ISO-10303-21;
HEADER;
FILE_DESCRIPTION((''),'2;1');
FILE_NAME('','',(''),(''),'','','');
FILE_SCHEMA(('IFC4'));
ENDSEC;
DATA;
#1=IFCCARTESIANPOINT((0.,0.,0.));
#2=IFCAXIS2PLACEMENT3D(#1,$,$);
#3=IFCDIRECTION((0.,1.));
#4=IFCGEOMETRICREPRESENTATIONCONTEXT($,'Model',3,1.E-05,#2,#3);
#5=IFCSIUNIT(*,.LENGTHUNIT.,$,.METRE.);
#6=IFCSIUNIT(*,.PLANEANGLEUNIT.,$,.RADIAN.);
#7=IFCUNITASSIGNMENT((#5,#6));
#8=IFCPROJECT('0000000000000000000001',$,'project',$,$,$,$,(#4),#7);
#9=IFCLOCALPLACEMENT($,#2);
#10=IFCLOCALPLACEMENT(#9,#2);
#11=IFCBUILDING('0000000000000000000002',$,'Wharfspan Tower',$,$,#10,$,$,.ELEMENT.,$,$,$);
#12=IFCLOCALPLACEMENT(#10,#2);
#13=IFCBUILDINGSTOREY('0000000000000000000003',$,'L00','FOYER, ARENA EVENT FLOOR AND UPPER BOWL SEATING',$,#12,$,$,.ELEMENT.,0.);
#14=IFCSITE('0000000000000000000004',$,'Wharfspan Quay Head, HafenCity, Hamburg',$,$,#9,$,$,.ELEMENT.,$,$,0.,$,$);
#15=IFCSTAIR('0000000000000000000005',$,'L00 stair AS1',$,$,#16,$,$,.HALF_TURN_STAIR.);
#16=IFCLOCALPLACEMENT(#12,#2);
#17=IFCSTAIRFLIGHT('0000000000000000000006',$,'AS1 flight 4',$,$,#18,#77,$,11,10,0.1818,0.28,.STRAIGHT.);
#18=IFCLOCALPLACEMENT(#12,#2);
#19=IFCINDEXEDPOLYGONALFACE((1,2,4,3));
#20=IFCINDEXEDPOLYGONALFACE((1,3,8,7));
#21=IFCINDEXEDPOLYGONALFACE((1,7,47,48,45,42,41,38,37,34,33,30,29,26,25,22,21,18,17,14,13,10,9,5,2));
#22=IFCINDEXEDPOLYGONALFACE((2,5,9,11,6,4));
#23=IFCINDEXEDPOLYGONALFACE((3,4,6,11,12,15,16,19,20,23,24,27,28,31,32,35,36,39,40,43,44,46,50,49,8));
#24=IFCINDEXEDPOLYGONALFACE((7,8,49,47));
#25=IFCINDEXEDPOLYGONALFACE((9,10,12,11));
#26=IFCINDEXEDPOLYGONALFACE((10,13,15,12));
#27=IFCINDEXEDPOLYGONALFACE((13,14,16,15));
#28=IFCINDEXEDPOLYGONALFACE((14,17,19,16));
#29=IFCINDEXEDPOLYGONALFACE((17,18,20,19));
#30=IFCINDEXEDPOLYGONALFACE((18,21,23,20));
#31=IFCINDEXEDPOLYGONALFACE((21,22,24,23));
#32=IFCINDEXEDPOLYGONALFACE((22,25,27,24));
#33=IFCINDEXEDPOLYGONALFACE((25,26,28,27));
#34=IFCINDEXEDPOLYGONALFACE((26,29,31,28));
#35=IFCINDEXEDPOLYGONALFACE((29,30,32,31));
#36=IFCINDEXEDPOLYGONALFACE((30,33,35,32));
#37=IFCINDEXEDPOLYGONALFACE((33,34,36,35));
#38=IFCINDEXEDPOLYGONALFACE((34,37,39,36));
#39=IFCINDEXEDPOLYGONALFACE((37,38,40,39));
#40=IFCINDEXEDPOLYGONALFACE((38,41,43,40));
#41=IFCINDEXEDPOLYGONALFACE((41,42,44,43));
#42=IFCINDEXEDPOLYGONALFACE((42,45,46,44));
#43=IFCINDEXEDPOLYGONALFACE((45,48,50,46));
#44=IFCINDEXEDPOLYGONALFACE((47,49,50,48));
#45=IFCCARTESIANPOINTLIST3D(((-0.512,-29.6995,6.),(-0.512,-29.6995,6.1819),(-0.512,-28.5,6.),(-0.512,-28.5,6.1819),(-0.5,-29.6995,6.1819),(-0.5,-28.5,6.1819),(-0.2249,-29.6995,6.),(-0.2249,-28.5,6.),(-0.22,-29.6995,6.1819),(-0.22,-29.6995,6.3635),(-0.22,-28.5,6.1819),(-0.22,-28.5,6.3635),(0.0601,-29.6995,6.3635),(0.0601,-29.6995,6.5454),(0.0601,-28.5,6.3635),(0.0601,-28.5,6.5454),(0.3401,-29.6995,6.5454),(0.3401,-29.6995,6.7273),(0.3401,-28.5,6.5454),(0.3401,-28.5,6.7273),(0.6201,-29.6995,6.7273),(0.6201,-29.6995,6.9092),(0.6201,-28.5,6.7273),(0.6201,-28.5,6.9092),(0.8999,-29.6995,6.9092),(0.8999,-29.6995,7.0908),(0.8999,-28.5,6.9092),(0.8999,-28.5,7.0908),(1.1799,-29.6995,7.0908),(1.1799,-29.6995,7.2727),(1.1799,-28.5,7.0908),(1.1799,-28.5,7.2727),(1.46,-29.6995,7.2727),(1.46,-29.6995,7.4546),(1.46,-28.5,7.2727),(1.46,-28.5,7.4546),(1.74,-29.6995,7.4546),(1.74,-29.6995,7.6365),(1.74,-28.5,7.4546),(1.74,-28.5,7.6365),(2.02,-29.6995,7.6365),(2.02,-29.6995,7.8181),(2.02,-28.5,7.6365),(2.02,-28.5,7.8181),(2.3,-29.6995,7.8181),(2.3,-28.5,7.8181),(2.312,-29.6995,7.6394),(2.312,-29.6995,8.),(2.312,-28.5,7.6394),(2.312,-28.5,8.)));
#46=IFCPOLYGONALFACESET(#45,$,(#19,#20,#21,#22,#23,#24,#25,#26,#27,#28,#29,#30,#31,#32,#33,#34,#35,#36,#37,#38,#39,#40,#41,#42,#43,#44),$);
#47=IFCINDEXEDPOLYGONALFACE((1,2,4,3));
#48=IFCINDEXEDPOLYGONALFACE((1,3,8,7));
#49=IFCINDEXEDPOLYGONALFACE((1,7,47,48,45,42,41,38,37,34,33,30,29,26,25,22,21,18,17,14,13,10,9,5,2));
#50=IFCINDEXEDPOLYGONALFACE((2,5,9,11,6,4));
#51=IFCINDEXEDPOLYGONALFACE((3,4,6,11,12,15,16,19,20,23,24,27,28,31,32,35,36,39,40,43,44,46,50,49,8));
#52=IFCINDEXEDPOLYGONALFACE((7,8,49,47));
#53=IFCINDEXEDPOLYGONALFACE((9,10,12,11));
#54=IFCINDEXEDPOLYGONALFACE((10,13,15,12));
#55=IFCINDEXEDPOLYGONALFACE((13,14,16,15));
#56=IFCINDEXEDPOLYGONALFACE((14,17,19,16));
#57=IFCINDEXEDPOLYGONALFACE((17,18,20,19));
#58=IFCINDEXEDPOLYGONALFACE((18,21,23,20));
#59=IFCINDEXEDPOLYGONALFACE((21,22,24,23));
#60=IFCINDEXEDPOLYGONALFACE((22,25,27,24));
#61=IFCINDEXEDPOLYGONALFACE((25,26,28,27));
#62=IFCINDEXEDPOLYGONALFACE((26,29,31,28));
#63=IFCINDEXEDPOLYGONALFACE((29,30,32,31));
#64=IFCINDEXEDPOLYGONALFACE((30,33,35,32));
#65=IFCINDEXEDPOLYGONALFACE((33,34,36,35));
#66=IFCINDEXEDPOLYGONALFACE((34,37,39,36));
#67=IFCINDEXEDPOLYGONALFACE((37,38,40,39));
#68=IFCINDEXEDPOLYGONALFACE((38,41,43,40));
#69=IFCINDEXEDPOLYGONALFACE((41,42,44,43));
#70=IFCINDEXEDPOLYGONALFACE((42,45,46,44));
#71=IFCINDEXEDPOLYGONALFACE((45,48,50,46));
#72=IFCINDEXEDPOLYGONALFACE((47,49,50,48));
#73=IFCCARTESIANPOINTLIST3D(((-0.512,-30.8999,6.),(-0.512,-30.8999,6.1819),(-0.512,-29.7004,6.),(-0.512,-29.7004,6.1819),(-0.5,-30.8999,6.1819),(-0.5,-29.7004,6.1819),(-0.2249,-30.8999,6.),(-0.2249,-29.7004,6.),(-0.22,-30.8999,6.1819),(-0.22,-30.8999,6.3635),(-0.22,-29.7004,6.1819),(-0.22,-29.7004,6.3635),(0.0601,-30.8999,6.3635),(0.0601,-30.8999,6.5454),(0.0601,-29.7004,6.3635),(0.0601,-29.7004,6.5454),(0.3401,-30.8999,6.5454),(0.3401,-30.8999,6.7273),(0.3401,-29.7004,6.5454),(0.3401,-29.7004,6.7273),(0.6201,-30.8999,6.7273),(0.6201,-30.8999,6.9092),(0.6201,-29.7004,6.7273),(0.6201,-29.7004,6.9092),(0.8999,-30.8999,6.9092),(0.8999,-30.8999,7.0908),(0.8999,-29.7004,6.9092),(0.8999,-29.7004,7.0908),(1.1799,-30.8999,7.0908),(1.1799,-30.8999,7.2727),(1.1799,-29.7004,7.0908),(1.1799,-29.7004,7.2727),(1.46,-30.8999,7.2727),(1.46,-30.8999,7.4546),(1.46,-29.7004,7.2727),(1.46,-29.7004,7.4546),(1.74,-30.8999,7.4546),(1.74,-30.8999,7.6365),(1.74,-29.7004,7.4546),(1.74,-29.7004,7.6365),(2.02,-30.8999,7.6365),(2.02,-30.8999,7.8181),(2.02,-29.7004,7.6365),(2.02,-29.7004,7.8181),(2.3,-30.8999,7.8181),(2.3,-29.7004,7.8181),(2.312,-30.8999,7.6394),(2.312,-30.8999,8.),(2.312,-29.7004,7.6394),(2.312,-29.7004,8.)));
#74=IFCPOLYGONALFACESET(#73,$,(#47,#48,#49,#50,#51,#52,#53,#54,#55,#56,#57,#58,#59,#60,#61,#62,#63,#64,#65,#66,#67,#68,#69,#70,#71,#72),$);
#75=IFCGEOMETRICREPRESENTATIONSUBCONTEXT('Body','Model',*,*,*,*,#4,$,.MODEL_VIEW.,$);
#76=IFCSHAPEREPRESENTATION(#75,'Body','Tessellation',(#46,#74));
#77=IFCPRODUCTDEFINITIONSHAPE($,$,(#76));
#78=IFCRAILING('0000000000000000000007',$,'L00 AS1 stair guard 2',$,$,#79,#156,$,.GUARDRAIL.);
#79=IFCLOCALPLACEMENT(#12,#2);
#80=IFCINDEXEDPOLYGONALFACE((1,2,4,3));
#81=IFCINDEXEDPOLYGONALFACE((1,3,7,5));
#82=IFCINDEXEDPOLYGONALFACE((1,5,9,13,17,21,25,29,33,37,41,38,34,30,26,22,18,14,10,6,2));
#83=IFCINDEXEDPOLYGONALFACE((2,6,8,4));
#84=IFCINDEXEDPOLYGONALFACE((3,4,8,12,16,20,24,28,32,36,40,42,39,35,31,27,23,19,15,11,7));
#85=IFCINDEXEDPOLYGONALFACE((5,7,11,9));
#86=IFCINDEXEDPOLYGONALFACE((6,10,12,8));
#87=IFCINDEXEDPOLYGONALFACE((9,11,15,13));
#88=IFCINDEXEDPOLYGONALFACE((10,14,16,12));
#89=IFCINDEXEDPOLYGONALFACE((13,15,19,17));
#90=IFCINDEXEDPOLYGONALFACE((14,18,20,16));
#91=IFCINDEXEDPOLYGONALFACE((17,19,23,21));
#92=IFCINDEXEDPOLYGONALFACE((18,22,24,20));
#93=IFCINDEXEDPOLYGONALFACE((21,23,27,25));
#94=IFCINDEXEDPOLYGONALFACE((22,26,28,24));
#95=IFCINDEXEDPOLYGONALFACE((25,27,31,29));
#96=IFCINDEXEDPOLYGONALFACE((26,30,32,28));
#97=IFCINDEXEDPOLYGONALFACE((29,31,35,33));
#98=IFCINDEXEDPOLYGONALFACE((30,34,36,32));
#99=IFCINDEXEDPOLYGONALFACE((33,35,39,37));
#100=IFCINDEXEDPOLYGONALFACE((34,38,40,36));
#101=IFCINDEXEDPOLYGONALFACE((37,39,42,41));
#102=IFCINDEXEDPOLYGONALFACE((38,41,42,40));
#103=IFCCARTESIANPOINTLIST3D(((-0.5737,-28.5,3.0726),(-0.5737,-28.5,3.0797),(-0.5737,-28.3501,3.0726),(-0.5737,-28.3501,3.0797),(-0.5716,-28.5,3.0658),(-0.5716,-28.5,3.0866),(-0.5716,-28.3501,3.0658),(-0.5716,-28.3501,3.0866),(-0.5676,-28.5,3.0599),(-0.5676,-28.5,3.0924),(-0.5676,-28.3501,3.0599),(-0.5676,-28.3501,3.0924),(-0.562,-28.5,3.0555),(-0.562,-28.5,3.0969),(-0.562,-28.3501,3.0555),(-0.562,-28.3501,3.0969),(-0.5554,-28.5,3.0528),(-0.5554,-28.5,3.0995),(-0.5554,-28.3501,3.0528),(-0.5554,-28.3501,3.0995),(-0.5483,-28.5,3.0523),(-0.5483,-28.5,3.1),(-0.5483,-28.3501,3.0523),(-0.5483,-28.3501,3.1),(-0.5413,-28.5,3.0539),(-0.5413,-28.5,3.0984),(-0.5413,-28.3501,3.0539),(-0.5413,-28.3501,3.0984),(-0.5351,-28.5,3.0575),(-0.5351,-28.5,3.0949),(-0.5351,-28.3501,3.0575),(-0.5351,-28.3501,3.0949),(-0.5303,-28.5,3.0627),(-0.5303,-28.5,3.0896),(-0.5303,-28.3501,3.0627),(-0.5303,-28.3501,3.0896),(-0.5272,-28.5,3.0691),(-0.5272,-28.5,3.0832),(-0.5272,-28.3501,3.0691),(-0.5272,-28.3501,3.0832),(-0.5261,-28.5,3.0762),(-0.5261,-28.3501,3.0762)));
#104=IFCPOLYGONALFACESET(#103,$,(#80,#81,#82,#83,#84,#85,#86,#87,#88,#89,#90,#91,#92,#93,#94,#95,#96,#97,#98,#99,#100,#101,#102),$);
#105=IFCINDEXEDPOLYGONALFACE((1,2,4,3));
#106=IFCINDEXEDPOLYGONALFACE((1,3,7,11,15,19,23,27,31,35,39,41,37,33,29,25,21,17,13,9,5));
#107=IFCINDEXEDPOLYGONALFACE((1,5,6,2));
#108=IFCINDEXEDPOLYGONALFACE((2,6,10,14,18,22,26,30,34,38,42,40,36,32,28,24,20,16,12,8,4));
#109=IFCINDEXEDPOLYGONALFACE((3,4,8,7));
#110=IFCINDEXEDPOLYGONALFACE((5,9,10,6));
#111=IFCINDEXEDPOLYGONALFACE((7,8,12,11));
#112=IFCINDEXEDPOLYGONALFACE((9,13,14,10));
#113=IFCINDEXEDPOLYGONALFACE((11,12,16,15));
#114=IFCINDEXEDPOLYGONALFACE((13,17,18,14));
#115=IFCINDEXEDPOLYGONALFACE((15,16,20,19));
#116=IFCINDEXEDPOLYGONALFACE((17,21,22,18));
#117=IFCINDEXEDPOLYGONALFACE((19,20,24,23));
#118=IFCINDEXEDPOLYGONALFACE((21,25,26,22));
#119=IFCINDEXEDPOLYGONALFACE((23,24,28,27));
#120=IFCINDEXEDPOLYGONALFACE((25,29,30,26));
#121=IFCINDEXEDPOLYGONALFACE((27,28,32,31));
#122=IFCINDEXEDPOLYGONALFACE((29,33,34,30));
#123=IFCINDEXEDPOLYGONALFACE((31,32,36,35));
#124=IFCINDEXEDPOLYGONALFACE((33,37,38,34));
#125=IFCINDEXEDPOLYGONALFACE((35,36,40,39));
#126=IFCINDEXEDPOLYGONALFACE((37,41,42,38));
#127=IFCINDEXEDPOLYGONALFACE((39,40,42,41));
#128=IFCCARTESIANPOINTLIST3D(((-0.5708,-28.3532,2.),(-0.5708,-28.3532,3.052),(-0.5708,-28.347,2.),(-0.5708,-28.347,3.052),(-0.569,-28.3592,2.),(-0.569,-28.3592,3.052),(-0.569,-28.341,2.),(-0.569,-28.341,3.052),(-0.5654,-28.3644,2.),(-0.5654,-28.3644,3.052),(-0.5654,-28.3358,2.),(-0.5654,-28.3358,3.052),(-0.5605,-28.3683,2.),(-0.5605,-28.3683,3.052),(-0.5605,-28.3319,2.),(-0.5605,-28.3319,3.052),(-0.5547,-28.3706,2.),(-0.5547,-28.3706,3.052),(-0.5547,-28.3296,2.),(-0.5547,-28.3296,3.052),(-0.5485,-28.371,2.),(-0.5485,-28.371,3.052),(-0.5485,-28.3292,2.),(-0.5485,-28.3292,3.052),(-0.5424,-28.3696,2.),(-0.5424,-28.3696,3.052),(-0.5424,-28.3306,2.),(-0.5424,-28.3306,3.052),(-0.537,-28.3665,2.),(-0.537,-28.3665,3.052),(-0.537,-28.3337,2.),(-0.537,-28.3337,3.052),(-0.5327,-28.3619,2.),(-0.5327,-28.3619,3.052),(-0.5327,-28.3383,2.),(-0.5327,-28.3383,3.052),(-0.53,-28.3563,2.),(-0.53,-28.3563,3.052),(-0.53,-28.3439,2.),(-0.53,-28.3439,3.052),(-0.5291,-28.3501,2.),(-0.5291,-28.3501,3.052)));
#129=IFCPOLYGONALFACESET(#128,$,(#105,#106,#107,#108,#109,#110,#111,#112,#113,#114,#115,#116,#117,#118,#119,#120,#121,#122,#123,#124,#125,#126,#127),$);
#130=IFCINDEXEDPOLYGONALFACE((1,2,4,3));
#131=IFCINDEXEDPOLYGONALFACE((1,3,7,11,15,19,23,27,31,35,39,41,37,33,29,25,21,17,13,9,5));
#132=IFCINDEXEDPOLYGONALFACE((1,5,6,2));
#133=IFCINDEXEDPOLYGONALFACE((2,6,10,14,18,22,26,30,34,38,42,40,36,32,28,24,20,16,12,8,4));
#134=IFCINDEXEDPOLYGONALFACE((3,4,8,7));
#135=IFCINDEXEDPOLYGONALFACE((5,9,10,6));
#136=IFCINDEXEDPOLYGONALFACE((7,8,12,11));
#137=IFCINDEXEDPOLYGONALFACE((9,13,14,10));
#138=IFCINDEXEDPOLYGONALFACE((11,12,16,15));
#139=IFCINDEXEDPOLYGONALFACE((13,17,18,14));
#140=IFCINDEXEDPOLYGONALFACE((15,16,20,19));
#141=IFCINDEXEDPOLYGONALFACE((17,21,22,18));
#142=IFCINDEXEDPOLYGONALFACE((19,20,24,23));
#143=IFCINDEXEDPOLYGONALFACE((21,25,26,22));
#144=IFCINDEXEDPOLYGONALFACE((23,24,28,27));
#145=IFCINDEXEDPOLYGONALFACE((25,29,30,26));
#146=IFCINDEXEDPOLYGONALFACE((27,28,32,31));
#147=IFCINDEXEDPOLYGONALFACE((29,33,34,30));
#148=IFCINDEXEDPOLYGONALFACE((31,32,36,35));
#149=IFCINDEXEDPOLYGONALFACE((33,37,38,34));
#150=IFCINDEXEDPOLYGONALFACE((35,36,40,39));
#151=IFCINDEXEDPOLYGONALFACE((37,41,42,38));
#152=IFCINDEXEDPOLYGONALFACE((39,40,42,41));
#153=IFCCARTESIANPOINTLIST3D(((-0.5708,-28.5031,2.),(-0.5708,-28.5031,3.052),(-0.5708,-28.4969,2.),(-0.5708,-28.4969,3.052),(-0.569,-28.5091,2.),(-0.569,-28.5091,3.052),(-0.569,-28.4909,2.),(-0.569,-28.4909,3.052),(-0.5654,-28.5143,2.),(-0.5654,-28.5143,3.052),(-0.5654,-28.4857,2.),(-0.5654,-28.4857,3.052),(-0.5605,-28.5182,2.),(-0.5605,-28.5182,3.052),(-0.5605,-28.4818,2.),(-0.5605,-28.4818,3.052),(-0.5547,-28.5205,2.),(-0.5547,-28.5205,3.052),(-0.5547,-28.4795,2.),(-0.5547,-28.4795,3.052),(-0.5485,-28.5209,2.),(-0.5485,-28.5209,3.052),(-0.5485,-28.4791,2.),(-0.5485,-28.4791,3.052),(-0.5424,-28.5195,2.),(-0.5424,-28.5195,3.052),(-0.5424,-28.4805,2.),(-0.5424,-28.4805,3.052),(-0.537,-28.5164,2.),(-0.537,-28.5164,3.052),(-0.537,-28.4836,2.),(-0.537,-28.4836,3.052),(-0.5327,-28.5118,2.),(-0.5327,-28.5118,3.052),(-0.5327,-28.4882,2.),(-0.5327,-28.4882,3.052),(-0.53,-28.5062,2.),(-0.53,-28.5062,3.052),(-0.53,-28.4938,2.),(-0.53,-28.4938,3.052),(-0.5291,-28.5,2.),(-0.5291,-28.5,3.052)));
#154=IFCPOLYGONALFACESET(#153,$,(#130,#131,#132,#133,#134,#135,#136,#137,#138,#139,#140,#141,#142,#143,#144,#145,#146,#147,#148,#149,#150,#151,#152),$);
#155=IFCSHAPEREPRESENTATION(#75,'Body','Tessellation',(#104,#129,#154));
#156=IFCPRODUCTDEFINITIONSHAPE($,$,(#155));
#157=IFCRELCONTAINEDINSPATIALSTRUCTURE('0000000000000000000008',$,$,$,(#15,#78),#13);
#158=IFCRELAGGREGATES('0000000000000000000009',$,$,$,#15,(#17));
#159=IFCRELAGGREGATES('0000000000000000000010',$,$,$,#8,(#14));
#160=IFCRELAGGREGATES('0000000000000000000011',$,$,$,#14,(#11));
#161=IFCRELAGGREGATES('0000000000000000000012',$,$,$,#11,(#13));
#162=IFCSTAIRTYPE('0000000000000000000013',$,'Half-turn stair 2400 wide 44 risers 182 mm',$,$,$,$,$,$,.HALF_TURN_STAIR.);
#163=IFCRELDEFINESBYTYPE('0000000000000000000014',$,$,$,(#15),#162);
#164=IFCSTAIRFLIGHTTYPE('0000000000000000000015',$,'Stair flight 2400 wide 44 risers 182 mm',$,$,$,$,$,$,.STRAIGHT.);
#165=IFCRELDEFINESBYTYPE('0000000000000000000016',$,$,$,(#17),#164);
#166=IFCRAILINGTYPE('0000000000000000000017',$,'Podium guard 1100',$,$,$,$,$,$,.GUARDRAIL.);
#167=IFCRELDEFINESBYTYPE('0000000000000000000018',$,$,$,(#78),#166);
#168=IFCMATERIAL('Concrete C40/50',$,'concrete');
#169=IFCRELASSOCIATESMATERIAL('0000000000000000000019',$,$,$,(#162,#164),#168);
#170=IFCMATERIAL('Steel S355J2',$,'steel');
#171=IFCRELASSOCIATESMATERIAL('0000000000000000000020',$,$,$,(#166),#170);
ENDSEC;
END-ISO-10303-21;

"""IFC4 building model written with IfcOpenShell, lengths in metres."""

from ifc_helpers import new_model, si_unit, direction, frame, origin, origin_2d, place, context, subcontext, project, spatial, polyline, circle, outline, extrude, material, type_object, element, aggregate, save


model = new_model("IFC4")

# Units and contexts
model_context = context("Model", 3, precision=1e-05, world=origin(), true_north=direction((0.0, 1.0)))
body_context = subcontext(model_context, "Body", "Model", "MODEL_VIEW")
ifc_project = project(units=[si_unit("LENGTHUNIT", "METRE"), si_unit("PLANEANGLEUNIT", "RADIAN")], contexts=[model_context])

# Site, building, storey
site_placement = place(None, origin())
site = spatial("IfcSite", under=ifc_project, at=site_placement, Name="Wharfspan Quay Head, HafenCity, Hamburg", CompositionType="ELEMENT", RefElevation=0.0)
building_placement = place(site_placement, origin())
building = spatial("IfcBuilding", under=site, at=building_placement, Name="Wharfspan Tower", CompositionType="ELEMENT")
storey_placement = place(building_placement, origin())
storey = spatial("IfcBuildingStorey", under=building, at=storey_placement, Name="L00", Description="FOYER, ARENA EVENT FLOOR AND UPPER BOWL SEATING", CompositionType="ELEMENT", Elevation=0.0)

# Shared definitions
ifc_material_1 = material(Name="Steel S355J2", Category="steel")

# Shared definitions
ifc_material_2 = material(Name="Concrete C40/50", Category="concrete")

# Stair, stair flight
stair_type = type_object("IfcStairType", Name="Half-turn stair 2400 wide 44 risers 182 mm", PredefinedType="HALF_TURN_STAIR", material=ifc_material_2)
stair_placement = place(storey_placement, origin())
stair = element("IfcStair", 1, at=stair_placement, inside=storey, type_object=stair_type, Name="L00 stair AS1", PredefinedType="HALF_TURN_STAIR")
stair_flight_type = type_object("IfcStairFlightType", Name="Stair flight 2400 wide 44 risers 182 mm", PredefinedType="STRAIGHT", material=ifc_material_2)
stair_flight_1_placement = place(storey_placement, frame((-0.5, -29.7, 6.0), z_axis=(0.0, 0.0, 1.0), x_axis=(1.0, 0.0, 0.0)))
stair_flight_1 = element("IfcStairFlight", 2, at=stair_flight_1_placement, type_object=stair_flight_type, Name="AS1 flight 4", NumberOfRisers=11, NumberOfTreads=10, PredefinedType="STRAIGHT", RiserHeight=0.1818, TreadLength=0.28, context=body_context, shape_type="SweptSolid", body=[
    extrude(outline(polyline([(-0.012, 0.0), (-0.012, 0.1819), (0.0, 0.1819), (0.28, 0.1819), (0.28, 0.3635), (0.5601, 0.3635), (0.5601, 0.5454), (0.8401, 0.5454), (0.8401, 0.7273), (1.1201, 0.7273), (1.1201, 0.9092), (1.3999, 0.9092), (1.3999, 1.0908), (1.6799, 1.0908), (1.6799, 1.2727), (1.96, 1.2727), (1.96, 1.4546), (2.24, 1.4546), (2.24, 1.6365), (2.52, 1.6365), (2.52, 1.8181), (2.8, 1.8181), (2.812, 2.0), (2.812, 1.6394), (0.2751, 0.0), (-0.012, 0.0)])), frame((0.0, 1.2, 0.0), z_axis=(0.0, -1.0, 0.0), x_axis=(1.0, 0.0, 0.0)), (0.0, 0.0, 1.0), 1.1995),
    extrude(outline(polyline([(-0.012, 0.0), (-0.012, 0.1819), (0.0, 0.1819), (0.28, 0.1819), (0.28, 0.3635), (0.5601, 0.3635), (0.5601, 0.5454), (0.8401, 0.5454), (0.8401, 0.7273), (1.1201, 0.7273), (1.1201, 0.9092), (1.3999, 0.9092), (1.3999, 1.0908), (1.6799, 1.0908), (1.6799, 1.2727), (1.96, 1.2727), (1.96, 1.4546), (2.24, 1.4546), (2.24, 1.6365), (2.52, 1.6365), (2.52, 1.8181), (2.8, 1.8181), (2.812, 2.0), (2.812, 1.6394), (0.2751, 0.0), (-0.012, 0.0)])), frame((0.0, -0.0005, 0.0), z_axis=(0.0, -1.0, 0.0), x_axis=(1.0, 0.0, 0.0)), (0.0, 0.0, 1.0), 1.1995),
])
aggregate(stair, [stair_flight_1])

# Railing
railing_type_1 = type_object("IfcRailingType", Name="Podium guard 1100", PredefinedType="GUARDRAIL", material=ifc_material_1)
railing_1_placement = place(storey_placement, frame((-0.55, -28.3501, 2.0)))
element("IfcRailing", 3, at=railing_1_placement, inside=storey, type_object=railing_type_1, Name="L00 AS1 stair guard 2", PredefinedType="GUARDRAIL", context=body_context, shape_type="SweptSolid", body=[
    extrude(circle(Radius=0.0239, at=origin_2d()), frame((0.0, 0.0, 1.0762), z_axis=(0.0, -1.0, 0.0), x_axis=(1.0, 0.0, 0.0)), (0.0, 0.0, 1.0), 0.1499),
    extrude(circle(Radius=0.021, at=origin_2d()), origin(), (0.0, 0.0, 1.0), 1.052),
    extrude(circle(Radius=0.021, at=origin_2d()), frame((0.0, -0.1499, 0.0)), (0.0, 0.0, 1.0), 1.052),
])

save(model, "model.ifc")
